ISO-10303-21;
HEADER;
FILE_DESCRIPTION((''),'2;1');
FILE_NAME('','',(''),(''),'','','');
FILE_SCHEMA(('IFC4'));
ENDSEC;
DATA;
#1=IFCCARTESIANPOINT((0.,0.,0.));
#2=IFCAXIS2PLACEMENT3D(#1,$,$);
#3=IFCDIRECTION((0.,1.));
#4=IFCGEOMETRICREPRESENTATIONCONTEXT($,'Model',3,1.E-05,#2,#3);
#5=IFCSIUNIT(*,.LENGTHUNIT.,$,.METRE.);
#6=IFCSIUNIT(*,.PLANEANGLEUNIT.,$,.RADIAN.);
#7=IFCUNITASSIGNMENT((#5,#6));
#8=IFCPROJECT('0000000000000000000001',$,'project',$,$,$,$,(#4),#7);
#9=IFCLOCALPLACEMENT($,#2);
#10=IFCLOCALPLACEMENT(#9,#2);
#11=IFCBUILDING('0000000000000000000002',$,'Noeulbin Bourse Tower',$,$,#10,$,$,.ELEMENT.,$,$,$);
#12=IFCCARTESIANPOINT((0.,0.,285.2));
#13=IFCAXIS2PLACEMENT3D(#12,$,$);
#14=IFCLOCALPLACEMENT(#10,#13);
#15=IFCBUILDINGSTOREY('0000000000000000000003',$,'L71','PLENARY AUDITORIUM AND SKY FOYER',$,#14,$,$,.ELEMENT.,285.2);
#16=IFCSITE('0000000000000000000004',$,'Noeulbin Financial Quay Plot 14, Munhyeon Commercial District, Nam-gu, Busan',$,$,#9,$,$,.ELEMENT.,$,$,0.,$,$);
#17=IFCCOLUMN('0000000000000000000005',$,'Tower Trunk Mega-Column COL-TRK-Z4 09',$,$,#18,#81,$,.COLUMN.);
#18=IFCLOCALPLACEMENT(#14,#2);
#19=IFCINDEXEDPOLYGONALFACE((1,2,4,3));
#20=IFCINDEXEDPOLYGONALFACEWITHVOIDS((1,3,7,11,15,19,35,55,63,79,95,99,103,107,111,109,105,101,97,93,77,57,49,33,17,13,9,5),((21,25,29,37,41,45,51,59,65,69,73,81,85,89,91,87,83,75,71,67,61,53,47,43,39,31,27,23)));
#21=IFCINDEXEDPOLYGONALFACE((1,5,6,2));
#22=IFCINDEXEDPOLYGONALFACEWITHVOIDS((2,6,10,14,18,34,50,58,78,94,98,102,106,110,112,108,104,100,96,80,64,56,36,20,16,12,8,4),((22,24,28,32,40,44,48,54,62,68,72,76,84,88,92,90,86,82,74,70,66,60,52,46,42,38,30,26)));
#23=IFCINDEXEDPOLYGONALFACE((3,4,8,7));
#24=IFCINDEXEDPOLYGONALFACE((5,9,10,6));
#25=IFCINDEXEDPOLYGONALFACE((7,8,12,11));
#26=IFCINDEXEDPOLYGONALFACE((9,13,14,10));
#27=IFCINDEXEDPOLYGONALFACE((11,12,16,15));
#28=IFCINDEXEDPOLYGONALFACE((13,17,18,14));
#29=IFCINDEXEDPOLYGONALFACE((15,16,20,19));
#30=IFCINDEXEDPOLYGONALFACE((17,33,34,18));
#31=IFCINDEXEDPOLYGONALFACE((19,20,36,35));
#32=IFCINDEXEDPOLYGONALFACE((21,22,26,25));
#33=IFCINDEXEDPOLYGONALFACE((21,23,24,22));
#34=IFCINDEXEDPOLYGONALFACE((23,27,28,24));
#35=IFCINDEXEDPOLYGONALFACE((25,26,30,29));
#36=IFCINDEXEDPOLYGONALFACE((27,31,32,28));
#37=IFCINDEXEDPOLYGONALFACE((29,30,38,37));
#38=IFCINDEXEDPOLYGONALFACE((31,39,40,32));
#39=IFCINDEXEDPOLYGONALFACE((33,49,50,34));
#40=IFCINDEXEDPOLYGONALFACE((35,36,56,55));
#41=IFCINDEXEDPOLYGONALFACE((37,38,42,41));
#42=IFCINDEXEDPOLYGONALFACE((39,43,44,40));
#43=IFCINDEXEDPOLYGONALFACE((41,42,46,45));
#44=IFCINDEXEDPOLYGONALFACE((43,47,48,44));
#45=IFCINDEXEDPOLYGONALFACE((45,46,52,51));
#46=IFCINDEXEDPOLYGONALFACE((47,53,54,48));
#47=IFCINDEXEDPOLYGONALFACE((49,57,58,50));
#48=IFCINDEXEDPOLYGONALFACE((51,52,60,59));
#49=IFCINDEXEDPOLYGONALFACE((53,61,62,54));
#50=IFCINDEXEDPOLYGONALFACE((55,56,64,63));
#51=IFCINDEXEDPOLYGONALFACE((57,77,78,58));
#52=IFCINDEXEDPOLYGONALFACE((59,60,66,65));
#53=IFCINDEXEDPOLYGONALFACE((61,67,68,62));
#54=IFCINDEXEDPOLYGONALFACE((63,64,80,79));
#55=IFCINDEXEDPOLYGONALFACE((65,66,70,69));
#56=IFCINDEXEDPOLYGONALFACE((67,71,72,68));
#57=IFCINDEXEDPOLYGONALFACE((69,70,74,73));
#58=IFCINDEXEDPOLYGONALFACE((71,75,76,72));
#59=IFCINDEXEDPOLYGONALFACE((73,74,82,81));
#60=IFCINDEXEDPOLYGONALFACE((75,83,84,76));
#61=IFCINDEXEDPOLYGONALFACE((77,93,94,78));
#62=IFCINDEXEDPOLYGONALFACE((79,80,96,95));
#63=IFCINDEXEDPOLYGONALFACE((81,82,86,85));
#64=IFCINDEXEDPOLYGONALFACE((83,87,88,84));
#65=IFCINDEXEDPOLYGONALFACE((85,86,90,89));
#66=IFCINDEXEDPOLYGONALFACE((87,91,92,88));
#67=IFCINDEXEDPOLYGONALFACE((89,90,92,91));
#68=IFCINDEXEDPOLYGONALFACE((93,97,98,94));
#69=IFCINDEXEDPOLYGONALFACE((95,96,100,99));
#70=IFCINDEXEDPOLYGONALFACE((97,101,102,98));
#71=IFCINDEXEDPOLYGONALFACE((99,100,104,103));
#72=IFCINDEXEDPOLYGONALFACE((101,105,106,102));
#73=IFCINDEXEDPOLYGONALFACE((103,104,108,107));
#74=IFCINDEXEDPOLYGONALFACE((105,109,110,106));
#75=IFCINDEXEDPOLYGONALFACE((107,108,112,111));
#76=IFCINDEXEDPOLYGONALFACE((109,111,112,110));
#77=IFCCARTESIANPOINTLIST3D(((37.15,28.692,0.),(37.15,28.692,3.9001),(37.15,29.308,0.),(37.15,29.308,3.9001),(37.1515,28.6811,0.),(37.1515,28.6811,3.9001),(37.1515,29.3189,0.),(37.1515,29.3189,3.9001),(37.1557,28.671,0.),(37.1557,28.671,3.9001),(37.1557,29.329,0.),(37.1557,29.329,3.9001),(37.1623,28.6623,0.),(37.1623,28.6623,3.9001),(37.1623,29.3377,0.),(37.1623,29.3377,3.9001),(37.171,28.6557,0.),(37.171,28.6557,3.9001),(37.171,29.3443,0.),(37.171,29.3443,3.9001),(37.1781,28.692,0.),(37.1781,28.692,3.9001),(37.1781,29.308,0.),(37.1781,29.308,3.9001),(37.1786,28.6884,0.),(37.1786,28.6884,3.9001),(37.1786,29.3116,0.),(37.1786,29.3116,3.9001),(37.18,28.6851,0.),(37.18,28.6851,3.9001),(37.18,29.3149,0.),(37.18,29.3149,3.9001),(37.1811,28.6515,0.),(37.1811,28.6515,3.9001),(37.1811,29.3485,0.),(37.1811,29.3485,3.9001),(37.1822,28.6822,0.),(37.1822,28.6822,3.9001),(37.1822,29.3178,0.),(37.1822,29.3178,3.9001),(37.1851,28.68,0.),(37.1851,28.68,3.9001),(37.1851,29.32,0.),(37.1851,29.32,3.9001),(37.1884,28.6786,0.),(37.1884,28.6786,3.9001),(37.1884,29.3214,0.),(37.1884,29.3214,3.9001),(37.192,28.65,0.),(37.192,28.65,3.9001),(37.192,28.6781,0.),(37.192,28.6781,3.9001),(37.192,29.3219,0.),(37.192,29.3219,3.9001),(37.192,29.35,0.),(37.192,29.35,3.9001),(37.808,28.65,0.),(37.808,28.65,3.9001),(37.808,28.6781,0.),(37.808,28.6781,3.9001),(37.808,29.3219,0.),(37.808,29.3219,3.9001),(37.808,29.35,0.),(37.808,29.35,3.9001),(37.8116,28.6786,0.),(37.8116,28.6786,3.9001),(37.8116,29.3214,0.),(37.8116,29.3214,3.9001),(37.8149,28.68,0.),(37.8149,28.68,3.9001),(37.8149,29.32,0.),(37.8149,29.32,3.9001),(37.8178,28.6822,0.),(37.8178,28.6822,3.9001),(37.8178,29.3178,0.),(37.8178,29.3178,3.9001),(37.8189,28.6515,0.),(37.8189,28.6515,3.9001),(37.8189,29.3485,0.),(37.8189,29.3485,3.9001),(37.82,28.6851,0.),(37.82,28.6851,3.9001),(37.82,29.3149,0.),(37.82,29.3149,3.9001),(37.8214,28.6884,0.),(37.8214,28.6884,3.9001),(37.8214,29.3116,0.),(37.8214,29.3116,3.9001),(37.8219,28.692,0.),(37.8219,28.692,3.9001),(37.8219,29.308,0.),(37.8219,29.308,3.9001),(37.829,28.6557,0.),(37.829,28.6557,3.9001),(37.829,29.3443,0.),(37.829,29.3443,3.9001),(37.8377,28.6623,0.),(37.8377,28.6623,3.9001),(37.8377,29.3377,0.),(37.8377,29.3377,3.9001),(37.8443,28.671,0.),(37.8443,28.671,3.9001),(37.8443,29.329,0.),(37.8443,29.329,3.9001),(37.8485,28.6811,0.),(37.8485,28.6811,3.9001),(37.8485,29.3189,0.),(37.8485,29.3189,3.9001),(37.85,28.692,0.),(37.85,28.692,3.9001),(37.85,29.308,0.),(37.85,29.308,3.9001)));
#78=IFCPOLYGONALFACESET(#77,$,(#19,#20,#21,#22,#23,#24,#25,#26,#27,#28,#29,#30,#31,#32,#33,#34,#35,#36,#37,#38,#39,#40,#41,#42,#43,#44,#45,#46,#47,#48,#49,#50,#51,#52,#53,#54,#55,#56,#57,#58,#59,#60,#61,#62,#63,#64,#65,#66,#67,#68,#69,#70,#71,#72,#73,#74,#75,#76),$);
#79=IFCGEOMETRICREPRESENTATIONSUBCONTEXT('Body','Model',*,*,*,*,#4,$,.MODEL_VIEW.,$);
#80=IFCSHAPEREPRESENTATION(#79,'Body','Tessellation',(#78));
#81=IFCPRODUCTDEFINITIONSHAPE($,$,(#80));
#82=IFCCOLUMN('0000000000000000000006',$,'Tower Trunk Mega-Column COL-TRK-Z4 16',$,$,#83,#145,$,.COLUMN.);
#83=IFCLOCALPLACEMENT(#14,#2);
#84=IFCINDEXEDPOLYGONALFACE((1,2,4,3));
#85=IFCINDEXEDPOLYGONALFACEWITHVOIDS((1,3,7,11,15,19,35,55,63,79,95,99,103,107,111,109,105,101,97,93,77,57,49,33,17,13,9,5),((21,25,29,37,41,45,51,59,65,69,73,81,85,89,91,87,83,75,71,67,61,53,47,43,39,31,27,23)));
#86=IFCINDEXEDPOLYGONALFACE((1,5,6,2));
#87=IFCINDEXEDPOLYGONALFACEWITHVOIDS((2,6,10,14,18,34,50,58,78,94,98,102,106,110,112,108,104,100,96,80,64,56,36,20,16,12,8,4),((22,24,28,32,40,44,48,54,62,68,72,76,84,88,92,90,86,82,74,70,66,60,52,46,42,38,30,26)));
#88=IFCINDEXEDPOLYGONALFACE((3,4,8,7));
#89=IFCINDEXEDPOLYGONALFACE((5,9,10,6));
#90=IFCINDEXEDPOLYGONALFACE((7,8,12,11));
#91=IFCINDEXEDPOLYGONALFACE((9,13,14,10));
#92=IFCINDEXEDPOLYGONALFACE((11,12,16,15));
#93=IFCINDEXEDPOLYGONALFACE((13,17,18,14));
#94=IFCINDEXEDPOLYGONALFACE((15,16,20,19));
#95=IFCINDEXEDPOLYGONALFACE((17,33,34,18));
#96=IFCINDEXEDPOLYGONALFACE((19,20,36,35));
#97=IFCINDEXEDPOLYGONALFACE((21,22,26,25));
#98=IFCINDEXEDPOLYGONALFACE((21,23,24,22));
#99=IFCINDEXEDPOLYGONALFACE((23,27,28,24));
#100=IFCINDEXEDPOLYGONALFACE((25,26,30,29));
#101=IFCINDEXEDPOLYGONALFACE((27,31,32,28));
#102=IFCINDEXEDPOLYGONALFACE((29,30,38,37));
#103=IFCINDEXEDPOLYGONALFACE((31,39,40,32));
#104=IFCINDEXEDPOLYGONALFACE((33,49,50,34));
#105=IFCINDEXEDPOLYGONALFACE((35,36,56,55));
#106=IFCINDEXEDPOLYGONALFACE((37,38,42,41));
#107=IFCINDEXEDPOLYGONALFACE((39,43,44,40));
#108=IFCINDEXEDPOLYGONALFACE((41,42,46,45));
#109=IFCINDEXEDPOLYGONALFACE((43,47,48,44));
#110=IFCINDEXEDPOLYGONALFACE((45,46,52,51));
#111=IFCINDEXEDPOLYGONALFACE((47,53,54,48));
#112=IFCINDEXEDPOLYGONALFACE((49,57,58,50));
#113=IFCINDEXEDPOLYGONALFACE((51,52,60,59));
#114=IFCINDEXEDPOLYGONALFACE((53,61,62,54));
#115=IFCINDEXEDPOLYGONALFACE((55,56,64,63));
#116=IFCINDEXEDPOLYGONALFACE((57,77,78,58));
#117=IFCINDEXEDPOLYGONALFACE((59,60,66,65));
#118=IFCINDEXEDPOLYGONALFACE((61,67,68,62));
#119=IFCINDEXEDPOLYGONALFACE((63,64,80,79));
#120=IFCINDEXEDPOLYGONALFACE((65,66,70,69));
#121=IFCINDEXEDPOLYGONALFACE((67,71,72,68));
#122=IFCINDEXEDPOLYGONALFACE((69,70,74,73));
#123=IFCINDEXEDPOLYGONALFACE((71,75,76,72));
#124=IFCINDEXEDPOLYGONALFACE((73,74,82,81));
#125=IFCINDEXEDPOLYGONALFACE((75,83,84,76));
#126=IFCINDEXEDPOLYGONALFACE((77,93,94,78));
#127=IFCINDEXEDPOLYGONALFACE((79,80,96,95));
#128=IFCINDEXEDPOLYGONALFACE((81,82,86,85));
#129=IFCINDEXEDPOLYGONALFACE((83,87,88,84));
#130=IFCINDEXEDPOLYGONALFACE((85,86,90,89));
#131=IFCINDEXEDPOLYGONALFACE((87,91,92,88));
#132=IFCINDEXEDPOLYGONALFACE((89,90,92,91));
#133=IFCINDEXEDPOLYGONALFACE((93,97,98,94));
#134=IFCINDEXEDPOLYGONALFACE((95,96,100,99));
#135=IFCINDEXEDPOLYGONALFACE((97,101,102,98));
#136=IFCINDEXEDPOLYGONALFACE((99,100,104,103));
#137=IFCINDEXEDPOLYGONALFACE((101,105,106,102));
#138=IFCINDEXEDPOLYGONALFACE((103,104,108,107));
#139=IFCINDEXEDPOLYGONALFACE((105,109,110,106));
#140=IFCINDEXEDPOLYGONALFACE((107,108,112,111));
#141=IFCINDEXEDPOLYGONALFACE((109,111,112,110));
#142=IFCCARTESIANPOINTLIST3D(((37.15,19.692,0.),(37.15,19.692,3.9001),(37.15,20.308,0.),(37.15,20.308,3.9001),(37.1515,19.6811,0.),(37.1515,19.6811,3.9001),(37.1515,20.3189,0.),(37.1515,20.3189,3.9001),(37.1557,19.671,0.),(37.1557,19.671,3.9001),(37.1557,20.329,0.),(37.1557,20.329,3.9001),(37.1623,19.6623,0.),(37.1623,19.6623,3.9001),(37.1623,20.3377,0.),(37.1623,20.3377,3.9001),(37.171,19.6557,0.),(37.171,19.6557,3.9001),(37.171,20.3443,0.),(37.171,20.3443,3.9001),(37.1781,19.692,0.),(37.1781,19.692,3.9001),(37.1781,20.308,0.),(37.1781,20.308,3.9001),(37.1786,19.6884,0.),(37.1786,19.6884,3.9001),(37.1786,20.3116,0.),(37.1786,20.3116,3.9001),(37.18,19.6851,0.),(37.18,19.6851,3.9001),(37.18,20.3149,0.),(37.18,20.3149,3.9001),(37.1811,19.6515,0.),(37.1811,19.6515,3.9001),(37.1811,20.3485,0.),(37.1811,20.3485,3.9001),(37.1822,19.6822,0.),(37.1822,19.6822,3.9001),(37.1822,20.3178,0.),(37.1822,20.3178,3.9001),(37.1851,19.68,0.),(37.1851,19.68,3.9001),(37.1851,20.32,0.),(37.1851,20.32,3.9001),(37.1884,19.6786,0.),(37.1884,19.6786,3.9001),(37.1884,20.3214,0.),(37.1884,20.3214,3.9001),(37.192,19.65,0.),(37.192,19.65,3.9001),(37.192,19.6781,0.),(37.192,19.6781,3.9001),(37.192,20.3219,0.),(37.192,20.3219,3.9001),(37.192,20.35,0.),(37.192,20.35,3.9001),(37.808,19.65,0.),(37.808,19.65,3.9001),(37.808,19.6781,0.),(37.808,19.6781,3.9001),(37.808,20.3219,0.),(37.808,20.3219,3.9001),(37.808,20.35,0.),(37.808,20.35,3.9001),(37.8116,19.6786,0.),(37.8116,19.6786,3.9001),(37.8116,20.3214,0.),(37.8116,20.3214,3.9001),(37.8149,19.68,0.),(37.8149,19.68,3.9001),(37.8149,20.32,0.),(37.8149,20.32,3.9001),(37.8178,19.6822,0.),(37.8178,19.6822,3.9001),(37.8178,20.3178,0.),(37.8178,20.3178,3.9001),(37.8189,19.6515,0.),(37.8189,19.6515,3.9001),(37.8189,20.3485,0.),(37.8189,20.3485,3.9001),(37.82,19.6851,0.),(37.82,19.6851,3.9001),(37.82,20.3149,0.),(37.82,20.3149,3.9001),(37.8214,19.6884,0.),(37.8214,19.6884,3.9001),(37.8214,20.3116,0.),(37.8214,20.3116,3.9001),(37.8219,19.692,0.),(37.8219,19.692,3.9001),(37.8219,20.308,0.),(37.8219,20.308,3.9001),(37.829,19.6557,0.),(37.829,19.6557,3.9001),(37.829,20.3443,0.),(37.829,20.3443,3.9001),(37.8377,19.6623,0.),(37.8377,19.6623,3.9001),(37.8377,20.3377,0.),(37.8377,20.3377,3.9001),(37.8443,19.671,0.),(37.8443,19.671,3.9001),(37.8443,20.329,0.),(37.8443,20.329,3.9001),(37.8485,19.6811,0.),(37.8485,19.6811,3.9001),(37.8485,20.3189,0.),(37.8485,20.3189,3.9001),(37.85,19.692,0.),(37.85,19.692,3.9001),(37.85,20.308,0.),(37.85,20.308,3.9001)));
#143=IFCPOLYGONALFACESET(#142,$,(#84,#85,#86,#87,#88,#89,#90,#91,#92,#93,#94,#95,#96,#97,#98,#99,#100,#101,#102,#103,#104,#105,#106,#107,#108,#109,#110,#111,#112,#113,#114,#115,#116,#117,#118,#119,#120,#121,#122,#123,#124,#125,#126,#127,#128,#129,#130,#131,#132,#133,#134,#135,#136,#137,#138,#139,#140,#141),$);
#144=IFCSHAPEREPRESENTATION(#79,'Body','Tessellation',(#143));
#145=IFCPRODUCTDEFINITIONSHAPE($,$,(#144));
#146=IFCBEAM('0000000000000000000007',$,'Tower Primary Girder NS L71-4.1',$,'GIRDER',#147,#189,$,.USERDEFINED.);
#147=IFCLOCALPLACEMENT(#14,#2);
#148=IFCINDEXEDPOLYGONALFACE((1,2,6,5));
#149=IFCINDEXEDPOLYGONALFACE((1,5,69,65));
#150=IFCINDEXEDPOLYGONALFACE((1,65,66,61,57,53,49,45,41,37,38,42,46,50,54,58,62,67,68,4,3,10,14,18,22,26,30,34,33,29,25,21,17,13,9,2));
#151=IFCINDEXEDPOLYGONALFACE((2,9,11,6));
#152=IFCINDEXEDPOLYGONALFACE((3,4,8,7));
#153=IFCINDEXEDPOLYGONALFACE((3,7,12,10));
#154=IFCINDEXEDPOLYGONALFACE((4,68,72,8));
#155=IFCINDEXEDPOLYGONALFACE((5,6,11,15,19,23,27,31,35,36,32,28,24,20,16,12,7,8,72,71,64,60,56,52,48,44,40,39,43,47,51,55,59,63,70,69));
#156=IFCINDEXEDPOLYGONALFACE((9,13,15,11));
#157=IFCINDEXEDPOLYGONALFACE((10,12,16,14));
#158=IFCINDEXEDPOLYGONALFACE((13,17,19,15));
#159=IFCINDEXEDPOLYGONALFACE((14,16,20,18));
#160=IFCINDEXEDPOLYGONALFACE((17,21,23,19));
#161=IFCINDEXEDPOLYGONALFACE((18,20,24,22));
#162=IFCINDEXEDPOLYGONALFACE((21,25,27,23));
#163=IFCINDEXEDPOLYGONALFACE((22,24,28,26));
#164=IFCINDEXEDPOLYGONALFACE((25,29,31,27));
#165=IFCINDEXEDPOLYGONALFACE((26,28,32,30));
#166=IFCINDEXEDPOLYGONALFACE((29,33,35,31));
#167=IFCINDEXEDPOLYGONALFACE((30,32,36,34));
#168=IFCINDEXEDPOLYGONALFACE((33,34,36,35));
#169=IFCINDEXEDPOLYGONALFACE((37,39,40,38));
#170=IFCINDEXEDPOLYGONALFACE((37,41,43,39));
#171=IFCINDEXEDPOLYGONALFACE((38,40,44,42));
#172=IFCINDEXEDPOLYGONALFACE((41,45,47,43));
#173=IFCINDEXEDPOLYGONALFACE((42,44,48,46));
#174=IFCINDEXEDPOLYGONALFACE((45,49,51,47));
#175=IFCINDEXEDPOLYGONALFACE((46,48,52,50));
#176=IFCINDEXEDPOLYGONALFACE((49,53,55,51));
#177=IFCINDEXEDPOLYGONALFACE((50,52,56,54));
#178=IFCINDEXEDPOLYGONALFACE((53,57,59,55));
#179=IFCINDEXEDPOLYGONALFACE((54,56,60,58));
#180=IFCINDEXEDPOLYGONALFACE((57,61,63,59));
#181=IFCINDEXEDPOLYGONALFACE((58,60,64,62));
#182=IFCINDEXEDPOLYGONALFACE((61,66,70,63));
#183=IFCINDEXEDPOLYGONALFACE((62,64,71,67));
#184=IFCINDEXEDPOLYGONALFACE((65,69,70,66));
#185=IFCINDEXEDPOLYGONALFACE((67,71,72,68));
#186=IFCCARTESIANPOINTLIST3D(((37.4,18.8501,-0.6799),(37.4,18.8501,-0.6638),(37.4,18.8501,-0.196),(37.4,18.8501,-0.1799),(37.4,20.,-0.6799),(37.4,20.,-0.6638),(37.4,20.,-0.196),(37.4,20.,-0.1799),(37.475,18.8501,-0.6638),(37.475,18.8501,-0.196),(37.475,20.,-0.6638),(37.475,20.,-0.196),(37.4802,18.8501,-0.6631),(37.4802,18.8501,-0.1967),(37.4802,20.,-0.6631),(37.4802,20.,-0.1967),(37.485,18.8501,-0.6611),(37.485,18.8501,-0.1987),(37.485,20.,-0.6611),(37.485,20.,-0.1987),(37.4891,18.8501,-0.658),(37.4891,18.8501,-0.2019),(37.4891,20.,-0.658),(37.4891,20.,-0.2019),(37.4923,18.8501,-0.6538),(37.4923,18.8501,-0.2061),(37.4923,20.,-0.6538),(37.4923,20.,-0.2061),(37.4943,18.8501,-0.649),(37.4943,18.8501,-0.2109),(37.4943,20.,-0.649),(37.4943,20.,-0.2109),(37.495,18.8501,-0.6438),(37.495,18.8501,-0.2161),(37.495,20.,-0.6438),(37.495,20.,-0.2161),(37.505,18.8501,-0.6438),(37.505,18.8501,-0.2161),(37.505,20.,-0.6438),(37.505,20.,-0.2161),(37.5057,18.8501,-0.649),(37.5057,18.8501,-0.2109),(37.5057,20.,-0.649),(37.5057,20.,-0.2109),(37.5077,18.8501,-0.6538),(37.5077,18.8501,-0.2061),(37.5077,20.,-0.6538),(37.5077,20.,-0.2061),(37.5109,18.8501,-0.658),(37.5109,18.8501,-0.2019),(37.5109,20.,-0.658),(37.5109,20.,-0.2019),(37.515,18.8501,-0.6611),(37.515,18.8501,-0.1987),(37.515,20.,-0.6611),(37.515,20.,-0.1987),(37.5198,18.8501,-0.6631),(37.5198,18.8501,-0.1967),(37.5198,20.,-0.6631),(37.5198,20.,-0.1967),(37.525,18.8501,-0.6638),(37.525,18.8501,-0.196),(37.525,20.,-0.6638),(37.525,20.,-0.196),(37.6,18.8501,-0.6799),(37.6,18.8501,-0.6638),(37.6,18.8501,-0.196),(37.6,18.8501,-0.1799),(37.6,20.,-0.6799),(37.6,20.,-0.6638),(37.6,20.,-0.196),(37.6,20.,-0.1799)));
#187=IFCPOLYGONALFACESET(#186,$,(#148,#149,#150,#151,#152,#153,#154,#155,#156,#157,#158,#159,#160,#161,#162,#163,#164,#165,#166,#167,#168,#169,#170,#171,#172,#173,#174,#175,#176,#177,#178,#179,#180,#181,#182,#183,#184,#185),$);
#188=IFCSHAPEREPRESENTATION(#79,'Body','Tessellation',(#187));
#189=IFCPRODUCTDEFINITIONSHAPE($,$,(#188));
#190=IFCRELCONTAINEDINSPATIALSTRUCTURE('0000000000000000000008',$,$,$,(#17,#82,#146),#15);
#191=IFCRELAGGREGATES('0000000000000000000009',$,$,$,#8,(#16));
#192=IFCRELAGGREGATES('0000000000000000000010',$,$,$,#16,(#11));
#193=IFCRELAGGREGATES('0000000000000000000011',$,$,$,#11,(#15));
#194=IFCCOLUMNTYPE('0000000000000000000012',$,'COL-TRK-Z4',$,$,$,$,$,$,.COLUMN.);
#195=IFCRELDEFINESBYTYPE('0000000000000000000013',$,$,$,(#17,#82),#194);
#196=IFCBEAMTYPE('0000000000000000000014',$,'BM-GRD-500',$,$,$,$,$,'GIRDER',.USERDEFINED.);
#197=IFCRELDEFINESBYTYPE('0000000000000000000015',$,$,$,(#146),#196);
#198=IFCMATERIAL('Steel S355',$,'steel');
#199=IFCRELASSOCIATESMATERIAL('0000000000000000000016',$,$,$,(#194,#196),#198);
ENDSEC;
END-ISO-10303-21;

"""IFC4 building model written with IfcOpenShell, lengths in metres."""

from ifc_helpers import new_model, si_unit, direction, frame, origin, origin_2d, place, context, subcontext, project, spatial, hollow_rectangle, i_section, extrude, material, material_profile, profile_set, type_object, element, save


model = new_model("IFC4")

# Units and contexts
model_context = context("Model", 3, precision=1e-05, world=origin(), true_north=direction((0.0, 1.0)))
body_context = subcontext(model_context, "Body", "Model", "MODEL_VIEW")
ifc_project = project(units=[si_unit("LENGTHUNIT", "METRE"), si_unit("PLANEANGLEUNIT", "RADIAN")], contexts=[model_context])

# Site, building, storey
site_placement = place(None, origin())
site = spatial("IfcSite", under=ifc_project, at=site_placement, Name="Noeulbin Financial Quay Plot 14, Munhyeon Commercial District, Nam-gu, Busan", CompositionType="ELEMENT", RefElevation=0.0)
building_placement = place(site_placement, origin())
building = spatial("IfcBuilding", under=site, at=building_placement, Name="Noeulbin Bourse Tower", CompositionType="ELEMENT")
storey_placement = place(building_placement, frame((0.0, 0.0, 285.2)))
storey = spatial("IfcBuildingStorey", under=building, at=storey_placement, Name="L71", Description="PLENARY AUDITORIUM AND SKY FOYER", CompositionType="ELEMENT", Elevation=285.2)

# Columns
ifc_material_1 = material(Name="Steel S355", Category="steel")
ifc_material_profile_1 = material_profile(ifc_material_1, hollow_rectangle(XDim=0.7, YDim=0.7, WallThickness=0.0281, InnerFilletRadius=0.0139, OuterFilletRadius=0.042, at=origin_2d()), Name="BOX-700x700x28", Category="LoadBearing")
ifc_profile_set_1 = profile_set([ifc_material_profile_1], Name="Steel S355")
column_type = type_object("IfcColumnType", Name="COL-TRK-Z4", PredefinedType="COLUMN", material=ifc_profile_set_1)
for number, where, z_axis, x_axis, name in (
    (1, (37.5, 29.0, 0.0), (0.0, 0.0, 1.0), (1.0, 0.0, 0.0), "Tower Trunk Mega-Column COL-TRK-Z4 09"),
    (2, (37.5, 20.0, 0.0), (0.0, 0.0, 1.0), (1.0, 0.0, 0.0), "Tower Trunk Mega-Column COL-TRK-Z4 16"),
):
    element("IfcColumn", number, at=place(storey_placement, frame(where, z_axis=z_axis, x_axis=x_axis)), inside=storey, type_object=column_type, Name=name, PredefinedType="COLUMN", context=body_context, shape_type="SweptSolid", body=[
        extrude(hollow_rectangle(XDim=0.7, YDim=0.7, WallThickness=0.0281, InnerFilletRadius=0.0139, OuterFilletRadius=0.042, at=origin_2d()), origin(), (0.0, 0.0, 1.0), 3.9001),
    ])

# Beam
ifc_material_profile_2 = material_profile(ifc_material_1, i_section(OverallWidth=0.2, OverallDepth=0.5, WebThickness=0.01, FlangeThickness=0.0161, FilletRadius=0.02, at=origin_2d()), Name="H-500x200x10x16", Category="LoadBearing")
ifc_profile_set_2 = profile_set([ifc_material_profile_2], Name="Steel S355")
beam_type_1 = type_object("IfcBeamType", Name="BM-GRD-500", ElementType="GIRDER", PredefinedType="USERDEFINED", material=ifc_profile_set_2)
beam_1_placement = place(storey_placement, frame((37.5, 18.8501, -0.4299), z_axis=(0.0, 1.0, 0.0), x_axis=(-1.0, 0.0, 0.0)))
element("IfcBeam", 3, at=beam_1_placement, inside=storey, type_object=beam_type_1, Name="Tower Primary Girder NS L71-4.1", ObjectType="GIRDER", PredefinedType="USERDEFINED", context=body_context, shape_type="SweptSolid", body=[
    extrude(i_section(OverallWidth=0.2, OverallDepth=0.5, WebThickness=0.01, FlangeThickness=0.0161, FilletRadius=0.02, at=origin_2d()), origin(), (0.0, 0.0, 1.0), 1.1499),
])

save(model, "model.ifc")
